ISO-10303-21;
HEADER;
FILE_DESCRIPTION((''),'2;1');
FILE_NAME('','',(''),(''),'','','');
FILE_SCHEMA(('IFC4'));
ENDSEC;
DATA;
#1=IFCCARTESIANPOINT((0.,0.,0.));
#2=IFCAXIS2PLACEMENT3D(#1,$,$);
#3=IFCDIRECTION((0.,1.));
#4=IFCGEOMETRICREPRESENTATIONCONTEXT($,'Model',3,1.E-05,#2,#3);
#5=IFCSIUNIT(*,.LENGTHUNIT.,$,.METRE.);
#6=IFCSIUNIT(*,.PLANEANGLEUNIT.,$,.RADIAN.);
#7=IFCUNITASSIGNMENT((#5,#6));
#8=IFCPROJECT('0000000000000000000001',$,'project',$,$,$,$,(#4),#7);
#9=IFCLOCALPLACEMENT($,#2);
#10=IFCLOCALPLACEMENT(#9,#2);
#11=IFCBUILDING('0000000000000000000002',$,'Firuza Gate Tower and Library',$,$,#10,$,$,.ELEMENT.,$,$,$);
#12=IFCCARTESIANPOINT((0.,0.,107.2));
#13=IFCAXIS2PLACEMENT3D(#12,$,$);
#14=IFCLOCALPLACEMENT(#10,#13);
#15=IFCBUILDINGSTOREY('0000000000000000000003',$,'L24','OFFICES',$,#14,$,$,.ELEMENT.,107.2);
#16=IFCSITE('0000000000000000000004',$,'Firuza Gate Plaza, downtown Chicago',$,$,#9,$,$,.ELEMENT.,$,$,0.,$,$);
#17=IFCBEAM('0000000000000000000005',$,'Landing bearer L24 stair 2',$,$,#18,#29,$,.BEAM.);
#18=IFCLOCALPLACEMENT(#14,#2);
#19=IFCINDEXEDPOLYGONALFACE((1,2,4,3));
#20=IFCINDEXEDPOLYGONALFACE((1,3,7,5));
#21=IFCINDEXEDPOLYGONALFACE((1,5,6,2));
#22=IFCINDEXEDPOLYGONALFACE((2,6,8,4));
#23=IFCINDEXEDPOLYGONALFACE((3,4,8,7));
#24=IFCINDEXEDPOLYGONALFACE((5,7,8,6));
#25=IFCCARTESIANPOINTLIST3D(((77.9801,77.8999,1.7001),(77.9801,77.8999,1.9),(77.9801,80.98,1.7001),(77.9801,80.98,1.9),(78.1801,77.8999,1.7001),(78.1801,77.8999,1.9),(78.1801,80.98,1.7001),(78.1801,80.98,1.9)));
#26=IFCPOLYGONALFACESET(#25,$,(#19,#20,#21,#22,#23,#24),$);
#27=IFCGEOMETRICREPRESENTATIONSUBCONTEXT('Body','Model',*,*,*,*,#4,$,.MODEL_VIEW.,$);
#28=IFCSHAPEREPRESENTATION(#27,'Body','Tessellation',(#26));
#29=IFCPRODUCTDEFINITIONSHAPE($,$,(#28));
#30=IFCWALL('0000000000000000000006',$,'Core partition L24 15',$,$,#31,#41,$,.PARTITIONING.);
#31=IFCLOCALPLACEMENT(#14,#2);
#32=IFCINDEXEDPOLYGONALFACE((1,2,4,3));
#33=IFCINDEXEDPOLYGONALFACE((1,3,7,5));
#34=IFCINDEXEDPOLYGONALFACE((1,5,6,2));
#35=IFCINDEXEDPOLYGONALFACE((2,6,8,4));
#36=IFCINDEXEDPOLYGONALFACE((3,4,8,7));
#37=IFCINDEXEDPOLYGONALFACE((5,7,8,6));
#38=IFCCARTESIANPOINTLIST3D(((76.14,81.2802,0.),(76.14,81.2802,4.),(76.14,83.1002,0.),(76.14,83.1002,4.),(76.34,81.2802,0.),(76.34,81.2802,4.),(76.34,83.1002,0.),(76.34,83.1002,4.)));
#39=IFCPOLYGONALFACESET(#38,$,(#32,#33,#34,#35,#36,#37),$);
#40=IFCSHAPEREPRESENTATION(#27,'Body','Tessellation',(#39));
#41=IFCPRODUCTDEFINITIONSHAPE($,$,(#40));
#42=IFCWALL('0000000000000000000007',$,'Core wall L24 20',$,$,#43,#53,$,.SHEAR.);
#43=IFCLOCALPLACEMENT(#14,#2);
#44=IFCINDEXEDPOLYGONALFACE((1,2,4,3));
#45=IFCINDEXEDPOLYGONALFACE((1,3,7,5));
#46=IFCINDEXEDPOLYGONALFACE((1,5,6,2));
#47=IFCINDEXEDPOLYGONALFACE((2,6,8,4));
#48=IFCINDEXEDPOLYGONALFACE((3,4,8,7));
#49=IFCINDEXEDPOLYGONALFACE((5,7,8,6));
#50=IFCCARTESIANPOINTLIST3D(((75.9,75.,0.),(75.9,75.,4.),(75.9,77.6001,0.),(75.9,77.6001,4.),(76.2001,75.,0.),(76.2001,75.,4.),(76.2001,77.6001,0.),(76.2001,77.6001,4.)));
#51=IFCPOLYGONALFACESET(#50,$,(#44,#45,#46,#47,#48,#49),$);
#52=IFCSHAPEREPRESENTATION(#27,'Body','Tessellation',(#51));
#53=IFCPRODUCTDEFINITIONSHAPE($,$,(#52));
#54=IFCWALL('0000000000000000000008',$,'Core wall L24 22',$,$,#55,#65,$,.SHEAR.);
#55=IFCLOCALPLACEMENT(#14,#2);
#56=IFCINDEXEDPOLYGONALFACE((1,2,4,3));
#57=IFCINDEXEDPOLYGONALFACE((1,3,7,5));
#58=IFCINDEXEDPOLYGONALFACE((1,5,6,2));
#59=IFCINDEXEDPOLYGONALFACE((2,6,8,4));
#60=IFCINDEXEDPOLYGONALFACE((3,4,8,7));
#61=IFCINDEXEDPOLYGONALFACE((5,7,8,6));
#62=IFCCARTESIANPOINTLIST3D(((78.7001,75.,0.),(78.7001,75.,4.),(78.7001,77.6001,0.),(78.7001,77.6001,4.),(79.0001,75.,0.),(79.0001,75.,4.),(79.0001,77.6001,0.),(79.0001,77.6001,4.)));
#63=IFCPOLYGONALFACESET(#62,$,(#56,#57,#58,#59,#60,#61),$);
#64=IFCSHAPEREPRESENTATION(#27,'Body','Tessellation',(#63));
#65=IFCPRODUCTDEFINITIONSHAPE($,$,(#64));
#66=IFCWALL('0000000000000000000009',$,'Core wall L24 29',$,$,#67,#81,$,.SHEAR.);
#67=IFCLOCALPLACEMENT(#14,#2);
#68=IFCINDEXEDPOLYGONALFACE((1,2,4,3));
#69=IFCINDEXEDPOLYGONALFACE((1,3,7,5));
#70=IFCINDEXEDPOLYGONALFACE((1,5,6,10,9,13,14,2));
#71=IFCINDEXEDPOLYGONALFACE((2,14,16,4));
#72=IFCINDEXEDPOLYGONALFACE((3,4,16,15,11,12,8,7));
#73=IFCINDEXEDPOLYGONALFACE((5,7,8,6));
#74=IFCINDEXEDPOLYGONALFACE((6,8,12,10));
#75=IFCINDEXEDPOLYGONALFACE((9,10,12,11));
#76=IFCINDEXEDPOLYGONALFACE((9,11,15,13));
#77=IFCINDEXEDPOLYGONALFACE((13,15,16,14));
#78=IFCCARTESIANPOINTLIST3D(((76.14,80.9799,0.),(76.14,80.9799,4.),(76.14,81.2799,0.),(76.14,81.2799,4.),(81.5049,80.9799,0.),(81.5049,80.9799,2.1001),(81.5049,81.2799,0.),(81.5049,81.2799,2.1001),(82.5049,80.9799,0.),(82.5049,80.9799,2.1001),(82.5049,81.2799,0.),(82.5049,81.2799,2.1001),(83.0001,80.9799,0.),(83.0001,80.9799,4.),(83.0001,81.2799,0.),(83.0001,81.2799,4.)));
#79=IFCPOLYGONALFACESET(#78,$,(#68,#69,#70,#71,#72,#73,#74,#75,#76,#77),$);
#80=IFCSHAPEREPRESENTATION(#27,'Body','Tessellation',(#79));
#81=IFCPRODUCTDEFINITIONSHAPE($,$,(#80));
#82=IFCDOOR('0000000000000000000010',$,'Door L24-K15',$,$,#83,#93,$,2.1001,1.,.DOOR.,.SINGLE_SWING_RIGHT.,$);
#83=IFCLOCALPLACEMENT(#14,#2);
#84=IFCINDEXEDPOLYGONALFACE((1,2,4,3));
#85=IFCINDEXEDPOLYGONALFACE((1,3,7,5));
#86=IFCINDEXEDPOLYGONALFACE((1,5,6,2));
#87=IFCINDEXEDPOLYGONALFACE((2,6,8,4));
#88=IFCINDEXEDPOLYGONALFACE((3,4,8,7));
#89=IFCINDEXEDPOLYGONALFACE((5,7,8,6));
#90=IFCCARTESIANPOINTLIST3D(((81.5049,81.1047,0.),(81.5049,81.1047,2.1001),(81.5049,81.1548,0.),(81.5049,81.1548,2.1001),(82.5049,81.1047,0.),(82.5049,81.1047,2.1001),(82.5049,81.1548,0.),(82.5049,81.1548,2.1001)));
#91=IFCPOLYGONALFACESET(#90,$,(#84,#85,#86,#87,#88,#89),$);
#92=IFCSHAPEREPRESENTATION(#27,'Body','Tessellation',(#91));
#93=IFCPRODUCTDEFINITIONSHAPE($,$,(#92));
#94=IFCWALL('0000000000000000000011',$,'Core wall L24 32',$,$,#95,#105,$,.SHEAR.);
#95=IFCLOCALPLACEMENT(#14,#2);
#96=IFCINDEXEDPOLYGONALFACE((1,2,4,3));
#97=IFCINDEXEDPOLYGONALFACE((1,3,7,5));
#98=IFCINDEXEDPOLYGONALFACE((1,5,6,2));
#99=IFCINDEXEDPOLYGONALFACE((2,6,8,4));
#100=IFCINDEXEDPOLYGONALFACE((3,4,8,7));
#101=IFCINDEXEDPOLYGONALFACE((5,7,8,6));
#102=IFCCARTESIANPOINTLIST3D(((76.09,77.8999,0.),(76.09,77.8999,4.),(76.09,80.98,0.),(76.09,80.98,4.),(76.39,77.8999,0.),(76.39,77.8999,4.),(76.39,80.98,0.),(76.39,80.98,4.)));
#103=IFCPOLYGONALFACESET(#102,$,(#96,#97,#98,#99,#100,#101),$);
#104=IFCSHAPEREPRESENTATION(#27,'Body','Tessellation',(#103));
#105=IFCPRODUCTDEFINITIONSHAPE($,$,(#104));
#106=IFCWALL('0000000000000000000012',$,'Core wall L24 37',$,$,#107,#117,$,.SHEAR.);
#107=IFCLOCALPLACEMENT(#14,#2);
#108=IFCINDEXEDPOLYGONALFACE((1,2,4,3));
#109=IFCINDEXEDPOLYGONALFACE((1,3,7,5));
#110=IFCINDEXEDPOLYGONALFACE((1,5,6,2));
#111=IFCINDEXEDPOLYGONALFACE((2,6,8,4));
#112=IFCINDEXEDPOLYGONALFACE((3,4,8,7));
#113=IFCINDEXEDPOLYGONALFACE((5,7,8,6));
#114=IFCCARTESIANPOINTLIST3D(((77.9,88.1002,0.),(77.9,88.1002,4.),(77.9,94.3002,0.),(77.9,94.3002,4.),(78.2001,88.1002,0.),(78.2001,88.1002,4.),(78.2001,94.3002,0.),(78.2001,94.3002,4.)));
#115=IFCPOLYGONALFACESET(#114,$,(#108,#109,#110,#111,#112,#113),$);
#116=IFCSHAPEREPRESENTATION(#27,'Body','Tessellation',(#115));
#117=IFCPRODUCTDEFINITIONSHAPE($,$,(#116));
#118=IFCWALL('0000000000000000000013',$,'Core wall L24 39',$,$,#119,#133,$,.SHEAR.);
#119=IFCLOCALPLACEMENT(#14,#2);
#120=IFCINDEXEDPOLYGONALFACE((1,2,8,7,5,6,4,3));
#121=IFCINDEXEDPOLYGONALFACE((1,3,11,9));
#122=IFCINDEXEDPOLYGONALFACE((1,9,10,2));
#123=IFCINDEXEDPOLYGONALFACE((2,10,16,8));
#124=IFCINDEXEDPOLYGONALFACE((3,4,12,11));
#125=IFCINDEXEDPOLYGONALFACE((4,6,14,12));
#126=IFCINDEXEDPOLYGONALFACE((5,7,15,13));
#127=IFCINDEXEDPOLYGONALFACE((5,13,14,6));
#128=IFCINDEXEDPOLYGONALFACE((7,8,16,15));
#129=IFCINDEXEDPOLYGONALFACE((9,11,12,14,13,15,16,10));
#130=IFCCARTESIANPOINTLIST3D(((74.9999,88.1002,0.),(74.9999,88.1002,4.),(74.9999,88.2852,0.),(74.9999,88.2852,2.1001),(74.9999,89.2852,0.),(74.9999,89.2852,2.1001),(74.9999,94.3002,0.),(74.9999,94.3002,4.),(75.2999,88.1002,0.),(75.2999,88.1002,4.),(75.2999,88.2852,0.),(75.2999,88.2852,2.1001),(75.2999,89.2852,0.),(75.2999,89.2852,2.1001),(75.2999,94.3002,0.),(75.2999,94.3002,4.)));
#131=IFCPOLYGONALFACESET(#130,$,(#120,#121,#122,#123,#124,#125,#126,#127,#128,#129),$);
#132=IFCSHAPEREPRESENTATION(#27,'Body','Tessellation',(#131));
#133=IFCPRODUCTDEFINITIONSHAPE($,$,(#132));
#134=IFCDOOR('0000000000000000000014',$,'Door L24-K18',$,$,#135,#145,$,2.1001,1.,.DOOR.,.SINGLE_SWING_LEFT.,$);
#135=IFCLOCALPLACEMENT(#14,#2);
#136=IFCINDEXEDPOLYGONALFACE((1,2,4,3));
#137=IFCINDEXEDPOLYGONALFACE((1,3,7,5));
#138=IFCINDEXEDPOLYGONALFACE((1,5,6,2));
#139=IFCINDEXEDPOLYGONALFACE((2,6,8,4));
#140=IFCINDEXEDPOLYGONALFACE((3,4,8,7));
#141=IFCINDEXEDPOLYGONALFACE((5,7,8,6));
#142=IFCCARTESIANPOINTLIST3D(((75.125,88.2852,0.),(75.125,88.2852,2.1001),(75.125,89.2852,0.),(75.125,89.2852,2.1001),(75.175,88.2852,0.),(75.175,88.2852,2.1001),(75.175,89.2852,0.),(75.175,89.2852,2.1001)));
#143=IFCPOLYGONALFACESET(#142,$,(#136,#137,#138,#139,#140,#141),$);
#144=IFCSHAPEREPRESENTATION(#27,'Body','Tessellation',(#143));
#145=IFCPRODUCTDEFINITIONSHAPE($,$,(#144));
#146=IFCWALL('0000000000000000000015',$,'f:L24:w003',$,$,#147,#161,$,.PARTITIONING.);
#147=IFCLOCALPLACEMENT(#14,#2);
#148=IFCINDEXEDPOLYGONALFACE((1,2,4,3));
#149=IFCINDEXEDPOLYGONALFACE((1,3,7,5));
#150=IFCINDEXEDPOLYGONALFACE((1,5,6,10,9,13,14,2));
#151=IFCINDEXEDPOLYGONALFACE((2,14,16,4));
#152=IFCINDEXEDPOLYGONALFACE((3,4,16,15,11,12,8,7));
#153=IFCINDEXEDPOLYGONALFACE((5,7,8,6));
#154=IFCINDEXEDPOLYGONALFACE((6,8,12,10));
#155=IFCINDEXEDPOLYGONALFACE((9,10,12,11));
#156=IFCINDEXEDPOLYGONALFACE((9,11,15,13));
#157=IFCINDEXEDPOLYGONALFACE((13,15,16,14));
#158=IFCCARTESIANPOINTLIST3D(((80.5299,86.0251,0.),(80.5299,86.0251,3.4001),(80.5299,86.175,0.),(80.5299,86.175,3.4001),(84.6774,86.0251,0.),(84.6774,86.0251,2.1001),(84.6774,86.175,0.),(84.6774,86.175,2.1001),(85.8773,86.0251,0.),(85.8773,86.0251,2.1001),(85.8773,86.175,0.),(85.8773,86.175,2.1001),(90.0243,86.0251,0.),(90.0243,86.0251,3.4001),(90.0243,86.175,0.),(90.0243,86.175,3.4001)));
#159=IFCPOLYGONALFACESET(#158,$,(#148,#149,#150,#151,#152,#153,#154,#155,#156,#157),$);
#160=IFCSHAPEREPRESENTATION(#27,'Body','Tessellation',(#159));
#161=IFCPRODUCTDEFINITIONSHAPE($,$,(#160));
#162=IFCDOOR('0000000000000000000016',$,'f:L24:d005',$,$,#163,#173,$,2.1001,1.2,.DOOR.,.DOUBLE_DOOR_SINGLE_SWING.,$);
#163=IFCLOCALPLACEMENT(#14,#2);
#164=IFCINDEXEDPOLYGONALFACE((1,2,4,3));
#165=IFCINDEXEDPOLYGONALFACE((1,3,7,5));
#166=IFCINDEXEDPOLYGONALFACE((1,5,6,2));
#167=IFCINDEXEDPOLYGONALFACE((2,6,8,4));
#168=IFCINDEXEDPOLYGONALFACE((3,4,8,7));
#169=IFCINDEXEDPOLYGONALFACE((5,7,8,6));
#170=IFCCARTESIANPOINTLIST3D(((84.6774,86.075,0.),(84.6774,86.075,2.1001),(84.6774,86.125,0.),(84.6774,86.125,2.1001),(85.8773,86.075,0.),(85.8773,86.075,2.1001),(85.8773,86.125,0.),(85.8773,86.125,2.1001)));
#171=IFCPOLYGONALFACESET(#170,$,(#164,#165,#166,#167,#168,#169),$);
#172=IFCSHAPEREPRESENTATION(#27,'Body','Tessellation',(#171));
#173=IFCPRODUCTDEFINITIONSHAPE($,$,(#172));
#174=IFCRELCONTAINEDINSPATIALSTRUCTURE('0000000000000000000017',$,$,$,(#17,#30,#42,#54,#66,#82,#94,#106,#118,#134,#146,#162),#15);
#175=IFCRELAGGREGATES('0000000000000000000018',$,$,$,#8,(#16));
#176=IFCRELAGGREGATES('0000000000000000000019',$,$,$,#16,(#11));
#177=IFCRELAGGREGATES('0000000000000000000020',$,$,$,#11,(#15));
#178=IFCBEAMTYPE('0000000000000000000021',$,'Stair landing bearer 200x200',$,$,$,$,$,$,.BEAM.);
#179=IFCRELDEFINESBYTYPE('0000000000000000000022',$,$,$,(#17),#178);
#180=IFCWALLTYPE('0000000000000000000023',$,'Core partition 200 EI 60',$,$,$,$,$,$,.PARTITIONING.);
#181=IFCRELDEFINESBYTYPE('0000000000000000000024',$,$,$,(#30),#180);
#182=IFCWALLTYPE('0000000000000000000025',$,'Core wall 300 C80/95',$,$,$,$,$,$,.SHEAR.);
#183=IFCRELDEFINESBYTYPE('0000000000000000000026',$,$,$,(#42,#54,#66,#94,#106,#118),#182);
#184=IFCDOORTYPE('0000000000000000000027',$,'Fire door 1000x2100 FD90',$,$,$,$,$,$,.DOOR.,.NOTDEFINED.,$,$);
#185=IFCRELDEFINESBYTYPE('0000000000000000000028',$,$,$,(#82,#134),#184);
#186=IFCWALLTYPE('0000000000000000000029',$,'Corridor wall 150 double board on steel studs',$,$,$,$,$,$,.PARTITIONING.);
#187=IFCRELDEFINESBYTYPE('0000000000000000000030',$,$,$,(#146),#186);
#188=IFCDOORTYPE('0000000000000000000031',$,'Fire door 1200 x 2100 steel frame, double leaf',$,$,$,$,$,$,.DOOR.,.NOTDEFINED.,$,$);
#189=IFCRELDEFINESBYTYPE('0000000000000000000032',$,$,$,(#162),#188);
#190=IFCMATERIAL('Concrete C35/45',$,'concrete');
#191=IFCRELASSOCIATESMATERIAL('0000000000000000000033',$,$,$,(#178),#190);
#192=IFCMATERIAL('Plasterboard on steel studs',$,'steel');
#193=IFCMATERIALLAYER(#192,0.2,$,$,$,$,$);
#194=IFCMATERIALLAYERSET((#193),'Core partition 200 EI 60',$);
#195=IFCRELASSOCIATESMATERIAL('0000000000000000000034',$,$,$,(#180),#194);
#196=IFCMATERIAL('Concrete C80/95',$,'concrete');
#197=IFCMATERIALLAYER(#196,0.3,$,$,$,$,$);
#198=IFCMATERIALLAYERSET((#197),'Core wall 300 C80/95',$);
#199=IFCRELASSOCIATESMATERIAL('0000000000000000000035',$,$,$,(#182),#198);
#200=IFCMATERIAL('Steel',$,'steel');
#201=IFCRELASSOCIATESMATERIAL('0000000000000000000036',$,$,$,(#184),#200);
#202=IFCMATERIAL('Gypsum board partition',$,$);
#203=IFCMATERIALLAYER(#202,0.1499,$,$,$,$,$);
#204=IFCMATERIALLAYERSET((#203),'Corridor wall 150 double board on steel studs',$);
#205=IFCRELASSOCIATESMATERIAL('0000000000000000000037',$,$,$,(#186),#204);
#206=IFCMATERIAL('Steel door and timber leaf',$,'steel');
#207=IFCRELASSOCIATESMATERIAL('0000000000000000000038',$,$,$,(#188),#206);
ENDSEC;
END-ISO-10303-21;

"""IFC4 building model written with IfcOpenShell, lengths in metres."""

from ifc_helpers import new_model, si_unit, direction, frame, frame_2d, origin, origin_2d, place, context, subcontext, project, spatial, rectangle, extrude, material, layer, layer_set, material_profile, profile_set, type_object, element, fill, save


model = new_model("IFC4")

# Units and contexts
model_context = context("Model", 3, precision=1e-05, world=origin(), true_north=direction((0.0, 1.0)))
body_context = subcontext(model_context, "Body", "Model", "MODEL_VIEW")
ifc_project = project(units=[si_unit("LENGTHUNIT", "METRE"), si_unit("PLANEANGLEUNIT", "RADIAN")], contexts=[model_context])

# Site, building, storey
site_placement = place(None, origin())
site = spatial("IfcSite", under=ifc_project, at=site_placement, Name="Firuza Gate Plaza, downtown Chicago", CompositionType="ELEMENT", RefElevation=0.0)
building_placement = place(site_placement, origin())
building = spatial("IfcBuilding", under=site, at=building_placement, Name="Firuza Gate Tower and Library", CompositionType="ELEMENT")
storey_placement = place(building_placement, frame((0.0, 0.0, 107.2)))
storey = spatial("IfcBuildingStorey", under=building, at=storey_placement, Name="L24", Description="OFFICES", CompositionType="ELEMENT", Elevation=107.2)

# Beam
ifc_material_1 = material(Name="Concrete C35/45", Category="concrete")
ifc_material_profile = material_profile(ifc_material_1, rectangle(XDim=0.2, YDim=0.2, at=origin_2d()))
ifc_profile_set = profile_set([ifc_material_profile], Name="Concrete C35/45")
beam_type = type_object("IfcBeamType", Name="Stair landing bearer 200x200", PredefinedType="BEAM", material=ifc_profile_set)
beam_placement = place(storey_placement, frame((78.0801, 80.98, 1.8), z_axis=(0.0, -1.0, 0.0), x_axis=(1.0, 0.0, 0.0)))
element("IfcBeam", 1, at=beam_placement, inside=storey, type_object=beam_type, Name="Landing bearer L24 stair 2", PredefinedType="BEAM", context=body_context, shape_type="SweptSolid", body=[
    extrude(rectangle(XDim=0.2, YDim=0.2, at=origin_2d()), origin(), (0.0, 0.0, 1.0), 3.0801),
])

# Walls
ifc_material_2 = material(Name="Plasterboard on steel studs", Category="steel")
ifc_layer_1 = layer(ifc_material_2, 0.2)
ifc_layer_set_1 = layer_set([ifc_layer_1], Name="Core partition 200 EI 60")
wall_type_1 = type_object("IfcWallType", Name="Core partition 200 EI 60", PredefinedType="PARTITIONING", material=ifc_layer_set_1)
wall_1_placement = place(storey_placement, frame((76.24, 81.28, 0.0), z_axis=(0.0, 0.0, 1.0), x_axis=(0.0, 1.0, 0.0)))
element("IfcWall", 2, at=wall_1_placement, inside=storey, type_object=wall_type_1, Name="Core partition L24 15", PredefinedType="PARTITIONING", context=body_context, shape_type="SweptSolid", body=[
    extrude(rectangle(XDim=1.8201, YDim=0.2, at=frame_2d((0.9102, 0.0))), origin(), (0.0, 0.0, 1.0), 4.0),
])
ifc_material_3 = material(Name="Concrete C80/95", Category="concrete")
ifc_layer_2 = layer(ifc_material_3, 0.3)
ifc_layer_set_2 = layer_set([ifc_layer_2], Name="Core wall 300 C80/95")
wall_type_2 = type_object("IfcWallType", Name="Core wall 300 C80/95", PredefinedType="SHEAR", material=ifc_layer_set_2)
for number, where, z_axis, x_axis, name in (
    (3, (76.05, 75.0, 0.0), (0.0, 0.0, 1.0), (0.0, 1.0, 0.0), "Core wall L24 20"),
    (4, (78.8501, 75.0, 0.0), (0.0, 0.0, 1.0), (0.0, 1.0, 0.0), "Core wall L24 22"),
):
    element("IfcWall", number, at=place(storey_placement, frame(where, z_axis=z_axis, x_axis=x_axis)), inside=storey, type_object=wall_type_2, Name=name, PredefinedType="SHEAR", context=body_context, shape_type="SweptSolid", body=[
        extrude(rectangle(XDim=2.6001, YDim=0.3, at=frame_2d((1.3, 0.0))), origin(), (0.0, 0.0, 1.0), 4.0),
    ])

# Wall, opening, door
wall_2_placement = place(storey_placement, frame((76.1399, 81.1299, 0.0), z_axis=(0.0, 0.0, 1.0), x_axis=(1.0, 0.0, 0.0)))
wall_2 = element("IfcWall", 5, at=wall_2_placement, inside=storey, type_object=wall_type_2, Name="Core wall L24 29", PredefinedType="SHEAR", context=body_context, shape_type="SweptSolid", body=[
    extrude(rectangle(XDim=6.8601, YDim=0.3, at=frame_2d((3.4302, 0.0))), origin(), (0.0, 0.0, 1.0), 4.0),
])
opening_1_placement = place(wall_2_placement, frame((5.365, 0.0, 0.0)))
opening_1 = element("IfcOpeningElement", 6, at=opening_1_placement, cuts=wall_2, PredefinedType="OPENING", context=body_context, shape_type="SweptSolid", body=[
    extrude(rectangle(XDim=1.0, YDim=2.1001, at=frame_2d((0.5, 1.05))), frame((0.0, 0.1602, 0.0), z_axis=(0.0, -1.0, 0.0), x_axis=(1.0, 0.0, 0.0)), (0.0, 0.0, 1.0), 0.3201),
])
ifc_material_4 = material(Name="Steel", Category="steel")
door_type_1 = type_object("IfcDoorType", Name="Fire door 1000x2100 FD90", OperationType="NOTDEFINED", PredefinedType="DOOR", material=ifc_material_4)
door_1_placement = place(opening_1_placement, origin())
door_1 = element("IfcDoor", 7, at=door_1_placement, inside=storey, type_object=door_type_1, Name="Door L24-K15", OperationType="SINGLE_SWING_RIGHT", OverallHeight=2.1001, OverallWidth=1.0, PredefinedType="DOOR", context=body_context, shape_type="SweptSolid", body=[
    extrude(rectangle(XDim=1.0, YDim=2.1001, at=frame_2d((0.5, 1.05))), frame((0.0, 0.0249, 0.0), z_axis=(0.0, -1.0, 0.0), x_axis=(1.0, 0.0, 0.0)), (0.0, 0.0, 1.0), 0.05),
])
fill(opening_1, door_1)

# Walls
wall_3_placement = place(storey_placement, frame((76.24, 77.8999, 0.0), z_axis=(0.0, 0.0, 1.0), x_axis=(0.0, 1.0, 0.0)))
element("IfcWall", 8, at=wall_3_placement, inside=storey, type_object=wall_type_2, Name="Core wall L24 32", PredefinedType="SHEAR", context=body_context, shape_type="SweptSolid", body=[
    extrude(rectangle(XDim=3.0801, YDim=0.3, at=frame_2d((1.54, 0.0))), origin(), (0.0, 0.0, 1.0), 4.0),
])
wall_4_placement = place(storey_placement, frame((78.05, 88.1001, 0.0), z_axis=(0.0, 0.0, 1.0), x_axis=(0.0, 1.0, 0.0)))
element("IfcWall", 9, at=wall_4_placement, inside=storey, type_object=wall_type_2, Name="Core wall L24 37", PredefinedType="SHEAR", context=body_context, shape_type="SweptSolid", body=[
    extrude(rectangle(XDim=6.2, YDim=0.3, at=frame_2d((3.1001, 0.0))), origin(), (0.0, 0.0, 1.0), 4.0),
])

# Walls, openings, doors
wall_5_placement = place(storey_placement, frame((75.1499, 88.1001, 0.0), z_axis=(0.0, 0.0, 1.0), x_axis=(0.0, 1.0, 0.0)))
wall_5 = element("IfcWall", 10, at=wall_5_placement, inside=storey, type_object=wall_type_2, Name="Core wall L24 39", PredefinedType="SHEAR", context=body_context, shape_type="SweptSolid", body=[
    extrude(rectangle(XDim=6.2, YDim=0.3, at=frame_2d((3.1001, 0.0))), origin(), (0.0, 0.0, 1.0), 4.0),
])
opening_2_placement = place(wall_5_placement, frame((0.1851, 0.0, 0.0)))
opening_2 = element("IfcOpeningElement", 11, at=opening_2_placement, cuts=wall_5, PredefinedType="OPENING", context=body_context, shape_type="SweptSolid", body=[
    extrude(rectangle(XDim=1.0, YDim=2.1001, at=frame_2d((0.5, 1.05))), frame((0.0, 0.1602, 0.0), z_axis=(0.0, -1.0, 0.0), x_axis=(1.0, 0.0, 0.0)), (0.0, 0.0, 1.0), 0.3201),
])
door_2_placement = place(opening_2_placement, origin())
door_2 = element("IfcDoor", 12, at=door_2_placement, inside=storey, type_object=door_type_1, Name="Door L24-K18", OperationType="SINGLE_SWING_LEFT", OverallHeight=2.1001, OverallWidth=1.0, PredefinedType="DOOR", context=body_context, shape_type="SweptSolid", body=[
    extrude(rectangle(XDim=1.0, YDim=2.1001, at=frame_2d((0.5, 1.05))), frame((0.0, 0.0249, 0.0), z_axis=(0.0, -1.0, 0.0), x_axis=(1.0, 0.0, 0.0)), (0.0, 0.0, 1.0), 0.05),
])
fill(opening_2, door_2)
ifc_material_5 = material(Name="Gypsum board partition")
ifc_layer_3 = layer(ifc_material_5, 0.1499)
ifc_layer_set_3 = layer_set([ifc_layer_3], Name="Corridor wall 150 double board on steel studs")
wall_type_3 = type_object("IfcWallType", Name="Corridor wall 150 double board on steel studs", PredefinedType="PARTITIONING", material=ifc_layer_set_3)
wall_6_placement = place(storey_placement, frame((80.53, 86.1001, 0.0), z_axis=(0.0, 0.0, 1.0), x_axis=(1.0, 0.0, 0.0)))
wall_6 = element("IfcWall", 13, at=wall_6_placement, inside=storey, type_object=wall_type_3, Name="f:L24:w003", PredefinedType="PARTITIONING", context=body_context, shape_type="SweptSolid", body=[
    extrude(rectangle(XDim=9.4944, YDim=0.1499, at=frame_2d((4.7471, 0.0))), origin(), (0.0, 0.0, 1.0), 3.4001),
])
opening_3_placement = place(wall_6_placement, frame((4.1472, 0.0, 0.0)))
opening_3 = element("IfcOpeningElement", 14, at=opening_3_placement, cuts=wall_6, PredefinedType="OPENING", context=body_context, shape_type="SweptSolid", body=[
    extrude(rectangle(XDim=1.2, YDim=2.1001, at=frame_2d((0.6001, 1.05))), frame((0.0, 0.085, 0.0), z_axis=(0.0, -1.0, 0.0), x_axis=(1.0, 0.0, 0.0)), (0.0, 0.0, 1.0), 0.1699),
])
ifc_material_6 = material(Name="Steel door and timber leaf", Category="steel")
door_type_2 = type_object("IfcDoorType", Name="Fire door 1200 x 2100 steel frame, double leaf", OperationType="NOTDEFINED", PredefinedType="DOOR", material=ifc_material_6)
door_3_placement = place(opening_3_placement, origin())
door_3 = element("IfcDoor", 15, at=door_3_placement, inside=storey, type_object=door_type_2, Name="f:L24:d005", OperationType="DOUBLE_DOOR_SINGLE_SWING", OverallHeight=2.1001, OverallWidth=1.2, PredefinedType="DOOR", context=body_context, shape_type="SweptSolid", body=[
    extrude(rectangle(XDim=1.2, YDim=2.1001, at=frame_2d((0.6001, 1.05))), frame((0.0, 0.0249, 0.0), z_axis=(0.0, -1.0, 0.0), x_axis=(1.0, 0.0, 0.0)), (0.0, 0.0, 1.0), 0.05),
])
fill(opening_3, door_3)

save(model, "model.ifc")
